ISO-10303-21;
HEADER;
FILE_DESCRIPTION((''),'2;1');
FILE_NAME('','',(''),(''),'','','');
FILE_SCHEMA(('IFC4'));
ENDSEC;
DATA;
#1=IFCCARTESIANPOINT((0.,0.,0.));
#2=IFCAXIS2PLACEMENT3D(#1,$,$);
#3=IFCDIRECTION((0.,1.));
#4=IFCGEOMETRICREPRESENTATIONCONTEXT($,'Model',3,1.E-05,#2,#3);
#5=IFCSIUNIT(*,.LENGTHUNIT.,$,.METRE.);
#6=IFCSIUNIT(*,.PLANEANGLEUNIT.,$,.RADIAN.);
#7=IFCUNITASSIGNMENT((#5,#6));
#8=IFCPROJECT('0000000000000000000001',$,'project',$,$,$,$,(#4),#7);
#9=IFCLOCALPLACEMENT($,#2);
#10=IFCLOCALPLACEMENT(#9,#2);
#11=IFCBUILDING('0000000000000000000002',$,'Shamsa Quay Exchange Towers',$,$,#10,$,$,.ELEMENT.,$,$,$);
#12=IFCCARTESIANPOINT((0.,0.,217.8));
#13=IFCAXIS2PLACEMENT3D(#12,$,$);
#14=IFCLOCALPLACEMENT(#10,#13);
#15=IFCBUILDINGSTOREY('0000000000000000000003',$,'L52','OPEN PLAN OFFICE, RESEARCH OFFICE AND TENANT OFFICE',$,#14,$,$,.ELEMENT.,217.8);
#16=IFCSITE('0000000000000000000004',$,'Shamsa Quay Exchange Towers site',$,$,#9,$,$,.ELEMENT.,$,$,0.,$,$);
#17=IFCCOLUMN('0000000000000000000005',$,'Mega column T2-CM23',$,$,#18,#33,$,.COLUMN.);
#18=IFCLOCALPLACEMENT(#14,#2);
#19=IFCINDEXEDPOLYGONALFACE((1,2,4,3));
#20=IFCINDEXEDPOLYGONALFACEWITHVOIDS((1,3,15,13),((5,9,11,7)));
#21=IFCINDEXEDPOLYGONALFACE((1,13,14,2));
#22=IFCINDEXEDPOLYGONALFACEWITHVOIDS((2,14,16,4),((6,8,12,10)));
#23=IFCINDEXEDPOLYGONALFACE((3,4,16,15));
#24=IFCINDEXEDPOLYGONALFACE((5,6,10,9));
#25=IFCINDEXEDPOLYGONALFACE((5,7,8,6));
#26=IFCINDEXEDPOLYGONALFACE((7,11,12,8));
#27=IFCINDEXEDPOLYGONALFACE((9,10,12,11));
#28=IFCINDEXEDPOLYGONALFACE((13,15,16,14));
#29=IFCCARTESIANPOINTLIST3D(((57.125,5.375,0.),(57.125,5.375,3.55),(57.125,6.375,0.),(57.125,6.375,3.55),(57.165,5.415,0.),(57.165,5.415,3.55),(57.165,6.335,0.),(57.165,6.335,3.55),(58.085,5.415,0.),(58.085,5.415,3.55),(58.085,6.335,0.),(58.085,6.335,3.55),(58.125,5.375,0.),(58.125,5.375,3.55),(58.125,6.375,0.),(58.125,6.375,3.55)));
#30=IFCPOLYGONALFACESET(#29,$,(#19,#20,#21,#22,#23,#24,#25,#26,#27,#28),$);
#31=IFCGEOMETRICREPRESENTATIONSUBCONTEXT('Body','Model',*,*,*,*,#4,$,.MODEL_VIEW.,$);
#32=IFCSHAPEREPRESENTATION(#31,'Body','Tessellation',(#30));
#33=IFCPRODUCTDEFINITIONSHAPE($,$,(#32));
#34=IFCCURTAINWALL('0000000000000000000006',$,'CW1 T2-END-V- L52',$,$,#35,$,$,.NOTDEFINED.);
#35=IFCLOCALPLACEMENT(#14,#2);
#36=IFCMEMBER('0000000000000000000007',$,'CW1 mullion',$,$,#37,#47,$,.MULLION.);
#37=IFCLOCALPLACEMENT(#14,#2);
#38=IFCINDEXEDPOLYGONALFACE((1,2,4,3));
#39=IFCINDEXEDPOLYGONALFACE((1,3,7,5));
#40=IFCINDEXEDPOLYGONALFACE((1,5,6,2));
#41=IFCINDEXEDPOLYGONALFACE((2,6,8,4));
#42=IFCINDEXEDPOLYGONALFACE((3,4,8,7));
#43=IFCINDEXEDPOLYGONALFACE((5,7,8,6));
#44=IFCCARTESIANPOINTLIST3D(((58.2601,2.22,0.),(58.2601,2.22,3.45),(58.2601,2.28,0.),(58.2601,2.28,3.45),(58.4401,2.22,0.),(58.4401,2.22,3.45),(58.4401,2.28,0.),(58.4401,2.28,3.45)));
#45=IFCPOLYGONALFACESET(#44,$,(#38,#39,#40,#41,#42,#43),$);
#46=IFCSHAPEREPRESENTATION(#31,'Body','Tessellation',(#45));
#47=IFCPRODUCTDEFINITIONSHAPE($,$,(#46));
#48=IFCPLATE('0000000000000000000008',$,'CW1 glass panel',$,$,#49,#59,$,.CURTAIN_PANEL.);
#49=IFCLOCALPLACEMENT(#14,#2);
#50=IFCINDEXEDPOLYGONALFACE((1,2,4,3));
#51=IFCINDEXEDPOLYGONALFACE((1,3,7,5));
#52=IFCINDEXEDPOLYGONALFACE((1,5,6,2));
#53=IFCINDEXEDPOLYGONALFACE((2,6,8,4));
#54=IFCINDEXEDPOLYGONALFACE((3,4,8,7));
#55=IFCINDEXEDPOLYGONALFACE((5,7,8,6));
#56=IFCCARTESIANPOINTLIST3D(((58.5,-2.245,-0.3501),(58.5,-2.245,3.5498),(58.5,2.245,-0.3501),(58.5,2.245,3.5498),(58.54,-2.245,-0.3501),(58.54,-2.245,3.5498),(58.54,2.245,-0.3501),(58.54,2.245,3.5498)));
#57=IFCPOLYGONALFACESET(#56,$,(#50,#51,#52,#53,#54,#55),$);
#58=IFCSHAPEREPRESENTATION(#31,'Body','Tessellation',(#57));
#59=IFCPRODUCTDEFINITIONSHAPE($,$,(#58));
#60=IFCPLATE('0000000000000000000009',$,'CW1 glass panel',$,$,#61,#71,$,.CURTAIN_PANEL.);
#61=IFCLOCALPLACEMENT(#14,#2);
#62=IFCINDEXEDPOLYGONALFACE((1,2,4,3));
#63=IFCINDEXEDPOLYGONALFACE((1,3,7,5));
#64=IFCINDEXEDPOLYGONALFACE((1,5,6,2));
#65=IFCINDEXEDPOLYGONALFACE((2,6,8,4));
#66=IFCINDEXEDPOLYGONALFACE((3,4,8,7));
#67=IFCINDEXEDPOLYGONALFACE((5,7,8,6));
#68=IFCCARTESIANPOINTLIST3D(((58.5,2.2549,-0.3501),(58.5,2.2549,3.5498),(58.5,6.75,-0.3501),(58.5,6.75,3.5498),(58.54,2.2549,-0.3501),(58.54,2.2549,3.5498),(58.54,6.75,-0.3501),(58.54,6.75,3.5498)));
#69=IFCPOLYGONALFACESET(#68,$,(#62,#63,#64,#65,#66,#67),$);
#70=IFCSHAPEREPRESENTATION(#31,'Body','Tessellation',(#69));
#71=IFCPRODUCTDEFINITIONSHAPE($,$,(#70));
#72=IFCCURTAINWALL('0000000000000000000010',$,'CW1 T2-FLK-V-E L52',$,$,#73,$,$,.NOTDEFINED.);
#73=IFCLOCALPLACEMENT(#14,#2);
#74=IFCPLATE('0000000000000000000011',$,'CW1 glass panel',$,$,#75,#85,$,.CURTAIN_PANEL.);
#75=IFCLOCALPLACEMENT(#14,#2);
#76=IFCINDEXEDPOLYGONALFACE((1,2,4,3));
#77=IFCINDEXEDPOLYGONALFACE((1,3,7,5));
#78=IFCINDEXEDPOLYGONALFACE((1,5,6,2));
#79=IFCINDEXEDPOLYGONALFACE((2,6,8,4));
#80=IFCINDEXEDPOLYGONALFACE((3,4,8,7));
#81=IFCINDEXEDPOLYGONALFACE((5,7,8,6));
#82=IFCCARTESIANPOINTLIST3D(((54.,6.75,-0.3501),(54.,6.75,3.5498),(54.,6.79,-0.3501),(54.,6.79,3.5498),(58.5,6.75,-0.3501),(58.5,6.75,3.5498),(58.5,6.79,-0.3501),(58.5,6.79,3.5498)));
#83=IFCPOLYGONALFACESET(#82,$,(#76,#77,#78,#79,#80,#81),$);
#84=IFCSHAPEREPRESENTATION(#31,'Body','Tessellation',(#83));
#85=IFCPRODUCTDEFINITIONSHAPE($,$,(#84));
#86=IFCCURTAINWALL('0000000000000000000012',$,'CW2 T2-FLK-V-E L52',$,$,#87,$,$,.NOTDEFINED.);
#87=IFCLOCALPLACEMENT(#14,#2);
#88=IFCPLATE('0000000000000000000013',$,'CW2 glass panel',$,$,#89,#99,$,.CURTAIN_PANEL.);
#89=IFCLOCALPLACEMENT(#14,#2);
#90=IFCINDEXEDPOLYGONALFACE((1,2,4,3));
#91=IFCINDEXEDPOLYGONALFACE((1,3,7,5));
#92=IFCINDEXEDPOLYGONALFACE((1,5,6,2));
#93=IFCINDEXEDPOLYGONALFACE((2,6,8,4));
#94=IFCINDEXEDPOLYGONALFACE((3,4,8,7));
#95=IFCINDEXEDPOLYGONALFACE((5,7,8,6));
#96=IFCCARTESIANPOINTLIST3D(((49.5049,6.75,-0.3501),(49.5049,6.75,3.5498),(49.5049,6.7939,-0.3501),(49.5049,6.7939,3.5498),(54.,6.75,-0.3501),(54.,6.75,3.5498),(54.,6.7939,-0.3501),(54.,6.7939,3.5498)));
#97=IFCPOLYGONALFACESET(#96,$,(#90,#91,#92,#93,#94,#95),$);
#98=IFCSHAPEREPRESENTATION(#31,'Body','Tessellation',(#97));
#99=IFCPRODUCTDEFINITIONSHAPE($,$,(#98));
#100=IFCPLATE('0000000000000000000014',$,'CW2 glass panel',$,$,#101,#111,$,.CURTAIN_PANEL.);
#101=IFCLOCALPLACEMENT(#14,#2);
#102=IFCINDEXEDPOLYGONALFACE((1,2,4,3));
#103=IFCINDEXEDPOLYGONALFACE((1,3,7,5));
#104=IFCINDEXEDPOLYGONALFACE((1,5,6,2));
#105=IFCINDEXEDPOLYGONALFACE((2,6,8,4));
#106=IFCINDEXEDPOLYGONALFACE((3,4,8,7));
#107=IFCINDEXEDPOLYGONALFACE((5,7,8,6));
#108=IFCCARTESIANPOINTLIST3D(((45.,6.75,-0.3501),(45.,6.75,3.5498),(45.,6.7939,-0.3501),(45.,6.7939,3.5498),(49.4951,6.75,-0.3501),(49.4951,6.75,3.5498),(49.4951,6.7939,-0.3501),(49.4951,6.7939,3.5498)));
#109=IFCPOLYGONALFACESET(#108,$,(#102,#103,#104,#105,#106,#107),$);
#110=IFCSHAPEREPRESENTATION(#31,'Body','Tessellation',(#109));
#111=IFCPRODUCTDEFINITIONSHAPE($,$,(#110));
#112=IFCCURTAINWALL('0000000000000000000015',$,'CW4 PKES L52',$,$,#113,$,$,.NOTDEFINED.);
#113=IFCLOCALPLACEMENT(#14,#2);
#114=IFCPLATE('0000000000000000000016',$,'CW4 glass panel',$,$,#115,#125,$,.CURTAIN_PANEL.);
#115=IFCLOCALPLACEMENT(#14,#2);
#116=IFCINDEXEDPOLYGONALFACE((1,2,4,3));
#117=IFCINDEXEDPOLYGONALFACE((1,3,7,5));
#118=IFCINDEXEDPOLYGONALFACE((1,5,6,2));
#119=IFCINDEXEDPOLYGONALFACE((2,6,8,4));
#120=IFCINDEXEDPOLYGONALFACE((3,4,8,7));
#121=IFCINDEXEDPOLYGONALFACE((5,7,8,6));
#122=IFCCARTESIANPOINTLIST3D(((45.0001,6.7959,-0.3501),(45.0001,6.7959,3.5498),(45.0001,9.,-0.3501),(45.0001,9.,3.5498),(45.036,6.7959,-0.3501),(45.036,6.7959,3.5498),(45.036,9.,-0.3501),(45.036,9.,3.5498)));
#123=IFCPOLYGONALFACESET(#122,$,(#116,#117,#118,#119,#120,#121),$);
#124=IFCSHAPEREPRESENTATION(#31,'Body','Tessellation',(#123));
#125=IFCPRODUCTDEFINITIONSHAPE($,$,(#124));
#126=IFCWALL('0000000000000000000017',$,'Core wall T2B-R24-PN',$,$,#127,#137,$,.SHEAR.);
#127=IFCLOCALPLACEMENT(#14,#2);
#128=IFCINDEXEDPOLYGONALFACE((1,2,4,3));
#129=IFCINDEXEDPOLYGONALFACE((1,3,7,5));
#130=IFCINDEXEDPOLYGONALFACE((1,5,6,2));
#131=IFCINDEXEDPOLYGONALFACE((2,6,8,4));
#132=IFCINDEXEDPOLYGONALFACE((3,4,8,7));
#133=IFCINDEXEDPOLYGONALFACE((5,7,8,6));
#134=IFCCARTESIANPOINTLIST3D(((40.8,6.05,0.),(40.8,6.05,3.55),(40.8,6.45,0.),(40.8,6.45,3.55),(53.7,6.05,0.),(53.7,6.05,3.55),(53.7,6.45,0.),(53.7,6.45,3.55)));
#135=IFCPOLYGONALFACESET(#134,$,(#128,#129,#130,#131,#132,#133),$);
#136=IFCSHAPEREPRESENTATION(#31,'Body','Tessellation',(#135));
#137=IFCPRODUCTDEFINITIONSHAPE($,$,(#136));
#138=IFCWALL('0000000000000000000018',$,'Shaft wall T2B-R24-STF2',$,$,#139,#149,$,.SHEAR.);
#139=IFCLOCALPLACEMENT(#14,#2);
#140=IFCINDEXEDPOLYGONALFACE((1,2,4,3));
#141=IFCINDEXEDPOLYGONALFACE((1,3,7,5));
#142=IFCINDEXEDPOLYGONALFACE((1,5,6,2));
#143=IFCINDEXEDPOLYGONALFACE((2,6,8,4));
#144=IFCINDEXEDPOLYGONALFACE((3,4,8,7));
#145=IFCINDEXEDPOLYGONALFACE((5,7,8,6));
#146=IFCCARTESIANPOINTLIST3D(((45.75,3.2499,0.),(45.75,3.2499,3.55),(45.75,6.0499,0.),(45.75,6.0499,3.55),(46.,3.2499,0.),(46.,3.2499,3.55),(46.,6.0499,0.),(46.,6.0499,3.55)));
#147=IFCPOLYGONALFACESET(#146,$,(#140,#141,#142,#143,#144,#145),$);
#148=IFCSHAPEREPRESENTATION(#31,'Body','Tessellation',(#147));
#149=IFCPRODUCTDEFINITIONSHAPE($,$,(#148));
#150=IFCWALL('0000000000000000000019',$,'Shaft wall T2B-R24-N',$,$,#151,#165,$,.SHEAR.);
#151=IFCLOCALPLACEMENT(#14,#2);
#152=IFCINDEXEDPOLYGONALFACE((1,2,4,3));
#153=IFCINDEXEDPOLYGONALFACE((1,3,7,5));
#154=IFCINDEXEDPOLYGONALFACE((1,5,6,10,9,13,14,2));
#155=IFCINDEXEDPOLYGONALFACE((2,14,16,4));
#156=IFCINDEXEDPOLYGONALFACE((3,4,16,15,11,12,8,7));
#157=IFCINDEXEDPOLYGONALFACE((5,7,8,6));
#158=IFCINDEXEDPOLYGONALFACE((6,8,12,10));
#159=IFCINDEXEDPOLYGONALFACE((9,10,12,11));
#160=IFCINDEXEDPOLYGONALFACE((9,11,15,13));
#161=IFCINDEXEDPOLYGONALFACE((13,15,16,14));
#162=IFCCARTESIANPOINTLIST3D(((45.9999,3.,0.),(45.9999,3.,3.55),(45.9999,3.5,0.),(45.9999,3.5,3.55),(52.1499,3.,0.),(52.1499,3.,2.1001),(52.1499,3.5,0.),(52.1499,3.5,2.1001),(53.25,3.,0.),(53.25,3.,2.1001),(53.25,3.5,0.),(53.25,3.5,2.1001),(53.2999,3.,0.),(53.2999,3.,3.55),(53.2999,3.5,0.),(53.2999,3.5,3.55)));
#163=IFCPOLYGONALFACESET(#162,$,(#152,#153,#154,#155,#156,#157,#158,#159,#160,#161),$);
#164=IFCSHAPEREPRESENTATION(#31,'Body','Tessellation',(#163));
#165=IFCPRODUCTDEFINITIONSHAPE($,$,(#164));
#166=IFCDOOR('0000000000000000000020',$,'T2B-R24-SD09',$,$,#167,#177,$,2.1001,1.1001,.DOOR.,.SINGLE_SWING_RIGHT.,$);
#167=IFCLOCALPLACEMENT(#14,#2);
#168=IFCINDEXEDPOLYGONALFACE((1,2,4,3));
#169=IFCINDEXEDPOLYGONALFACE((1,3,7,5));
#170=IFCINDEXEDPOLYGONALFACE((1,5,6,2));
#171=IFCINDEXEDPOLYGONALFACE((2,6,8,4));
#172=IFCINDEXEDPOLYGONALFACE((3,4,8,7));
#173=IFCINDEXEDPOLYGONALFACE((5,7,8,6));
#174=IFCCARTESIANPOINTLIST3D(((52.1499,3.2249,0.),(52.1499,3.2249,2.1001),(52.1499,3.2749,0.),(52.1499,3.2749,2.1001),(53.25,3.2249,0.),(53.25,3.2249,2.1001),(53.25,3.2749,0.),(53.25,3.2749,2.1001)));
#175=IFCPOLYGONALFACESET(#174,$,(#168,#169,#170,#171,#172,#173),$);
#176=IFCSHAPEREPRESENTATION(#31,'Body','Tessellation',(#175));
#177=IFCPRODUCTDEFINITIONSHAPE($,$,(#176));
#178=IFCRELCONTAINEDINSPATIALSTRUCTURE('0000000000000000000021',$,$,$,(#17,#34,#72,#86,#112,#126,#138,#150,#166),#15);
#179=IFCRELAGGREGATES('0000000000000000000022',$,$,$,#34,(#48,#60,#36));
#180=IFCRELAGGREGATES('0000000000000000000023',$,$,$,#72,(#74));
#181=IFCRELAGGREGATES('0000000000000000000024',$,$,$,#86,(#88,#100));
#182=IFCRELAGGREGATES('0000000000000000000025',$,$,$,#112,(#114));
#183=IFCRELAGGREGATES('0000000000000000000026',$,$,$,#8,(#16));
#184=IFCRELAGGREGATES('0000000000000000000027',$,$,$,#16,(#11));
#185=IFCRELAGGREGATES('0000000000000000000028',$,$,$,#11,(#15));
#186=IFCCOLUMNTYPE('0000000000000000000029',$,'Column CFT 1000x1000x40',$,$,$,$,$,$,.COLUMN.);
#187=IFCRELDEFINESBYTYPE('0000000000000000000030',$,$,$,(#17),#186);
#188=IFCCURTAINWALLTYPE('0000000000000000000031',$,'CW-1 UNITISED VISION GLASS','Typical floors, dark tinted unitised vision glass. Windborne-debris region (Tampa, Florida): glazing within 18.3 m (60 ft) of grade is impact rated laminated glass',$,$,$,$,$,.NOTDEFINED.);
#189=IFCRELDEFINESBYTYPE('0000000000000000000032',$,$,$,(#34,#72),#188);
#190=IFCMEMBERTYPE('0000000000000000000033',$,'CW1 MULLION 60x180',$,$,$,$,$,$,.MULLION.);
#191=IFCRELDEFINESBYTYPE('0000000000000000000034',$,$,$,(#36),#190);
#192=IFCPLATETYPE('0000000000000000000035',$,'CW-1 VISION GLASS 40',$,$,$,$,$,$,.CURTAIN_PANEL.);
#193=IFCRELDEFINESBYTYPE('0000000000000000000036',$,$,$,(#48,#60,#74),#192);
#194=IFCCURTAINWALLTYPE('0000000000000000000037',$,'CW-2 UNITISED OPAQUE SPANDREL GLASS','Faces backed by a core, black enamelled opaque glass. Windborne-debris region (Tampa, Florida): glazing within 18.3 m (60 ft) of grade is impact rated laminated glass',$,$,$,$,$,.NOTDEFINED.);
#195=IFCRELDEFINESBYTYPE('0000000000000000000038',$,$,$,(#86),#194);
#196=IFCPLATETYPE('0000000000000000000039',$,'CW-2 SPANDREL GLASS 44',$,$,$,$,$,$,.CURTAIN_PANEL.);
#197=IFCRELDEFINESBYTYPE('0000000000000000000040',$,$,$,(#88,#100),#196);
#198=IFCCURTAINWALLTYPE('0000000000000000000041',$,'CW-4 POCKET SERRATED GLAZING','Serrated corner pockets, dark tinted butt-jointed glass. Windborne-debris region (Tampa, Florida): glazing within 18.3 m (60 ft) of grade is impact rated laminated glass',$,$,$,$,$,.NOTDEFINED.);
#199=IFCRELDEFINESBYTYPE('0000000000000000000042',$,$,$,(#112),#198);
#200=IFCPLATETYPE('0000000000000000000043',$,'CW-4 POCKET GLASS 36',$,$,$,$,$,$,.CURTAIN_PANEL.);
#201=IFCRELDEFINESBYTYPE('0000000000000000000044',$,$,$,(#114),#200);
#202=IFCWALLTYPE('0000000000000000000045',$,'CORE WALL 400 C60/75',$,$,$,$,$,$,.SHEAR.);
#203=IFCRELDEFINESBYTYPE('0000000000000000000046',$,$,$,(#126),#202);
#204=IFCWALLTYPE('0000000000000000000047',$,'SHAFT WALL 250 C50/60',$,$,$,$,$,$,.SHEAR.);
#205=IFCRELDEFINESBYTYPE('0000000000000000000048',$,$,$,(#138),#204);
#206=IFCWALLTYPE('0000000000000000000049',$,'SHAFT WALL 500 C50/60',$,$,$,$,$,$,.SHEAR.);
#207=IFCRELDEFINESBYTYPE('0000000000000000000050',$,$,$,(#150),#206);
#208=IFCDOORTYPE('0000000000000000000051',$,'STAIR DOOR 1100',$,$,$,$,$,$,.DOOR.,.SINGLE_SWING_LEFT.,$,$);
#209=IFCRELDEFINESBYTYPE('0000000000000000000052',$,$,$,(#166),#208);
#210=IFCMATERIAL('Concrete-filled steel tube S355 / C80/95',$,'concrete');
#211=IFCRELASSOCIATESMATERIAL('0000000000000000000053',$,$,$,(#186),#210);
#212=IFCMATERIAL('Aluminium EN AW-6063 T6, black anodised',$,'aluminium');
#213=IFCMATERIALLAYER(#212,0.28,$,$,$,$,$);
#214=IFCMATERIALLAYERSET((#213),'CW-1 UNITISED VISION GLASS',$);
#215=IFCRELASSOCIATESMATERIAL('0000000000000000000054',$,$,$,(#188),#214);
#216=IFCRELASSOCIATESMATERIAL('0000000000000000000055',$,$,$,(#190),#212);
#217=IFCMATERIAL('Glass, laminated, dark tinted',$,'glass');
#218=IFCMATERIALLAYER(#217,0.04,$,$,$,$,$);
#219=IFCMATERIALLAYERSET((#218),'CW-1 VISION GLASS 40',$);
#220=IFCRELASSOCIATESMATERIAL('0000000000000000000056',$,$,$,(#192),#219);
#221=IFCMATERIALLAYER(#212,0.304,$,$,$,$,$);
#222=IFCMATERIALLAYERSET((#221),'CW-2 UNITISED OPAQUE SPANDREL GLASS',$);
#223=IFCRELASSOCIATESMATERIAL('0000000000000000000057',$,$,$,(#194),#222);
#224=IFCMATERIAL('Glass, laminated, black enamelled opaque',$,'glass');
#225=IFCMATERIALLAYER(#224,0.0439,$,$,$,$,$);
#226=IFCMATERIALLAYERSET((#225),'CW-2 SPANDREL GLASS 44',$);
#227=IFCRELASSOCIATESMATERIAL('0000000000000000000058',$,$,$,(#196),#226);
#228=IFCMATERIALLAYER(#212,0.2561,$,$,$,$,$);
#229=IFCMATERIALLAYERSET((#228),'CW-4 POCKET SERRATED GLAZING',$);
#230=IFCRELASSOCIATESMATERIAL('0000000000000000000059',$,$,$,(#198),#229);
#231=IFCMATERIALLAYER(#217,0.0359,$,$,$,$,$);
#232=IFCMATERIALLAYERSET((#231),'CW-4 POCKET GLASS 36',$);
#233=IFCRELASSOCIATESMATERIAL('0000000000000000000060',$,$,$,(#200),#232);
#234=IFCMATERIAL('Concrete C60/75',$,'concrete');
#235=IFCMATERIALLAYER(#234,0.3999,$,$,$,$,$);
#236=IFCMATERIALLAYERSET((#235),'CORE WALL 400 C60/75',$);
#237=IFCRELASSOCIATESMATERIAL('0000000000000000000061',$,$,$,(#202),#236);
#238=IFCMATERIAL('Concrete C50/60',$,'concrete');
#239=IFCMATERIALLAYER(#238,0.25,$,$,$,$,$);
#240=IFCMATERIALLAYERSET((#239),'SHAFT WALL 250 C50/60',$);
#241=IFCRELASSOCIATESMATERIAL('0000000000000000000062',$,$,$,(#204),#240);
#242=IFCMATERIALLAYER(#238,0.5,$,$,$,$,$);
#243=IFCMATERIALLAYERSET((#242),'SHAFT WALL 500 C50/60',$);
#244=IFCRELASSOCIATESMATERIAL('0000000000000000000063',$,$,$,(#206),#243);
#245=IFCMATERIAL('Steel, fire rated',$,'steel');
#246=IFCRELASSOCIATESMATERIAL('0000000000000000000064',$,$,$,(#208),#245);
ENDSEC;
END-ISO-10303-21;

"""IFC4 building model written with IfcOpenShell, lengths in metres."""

from ifc_helpers import new_model, si_unit, direction, frame, frame_2d, origin, origin_2d, place, context, subcontext, project, spatial, rectangle, hollow_rectangle, extrude, material, layer, layer_set, material_profile, profile_set, type_object, element, fill, aggregate, save


model = new_model("IFC4")

# Units and contexts
model_context = context("Model", 3, precision=1e-05, world=origin(), true_north=direction((0.0, 1.0)))
body_context = subcontext(model_context, "Body", "Model", "MODEL_VIEW")
ifc_project = project(units=[si_unit("LENGTHUNIT", "METRE"), si_unit("PLANEANGLEUNIT", "RADIAN")], contexts=[model_context])

# Site, building, storey
site_placement = place(None, origin())
site = spatial("IfcSite", under=ifc_project, at=site_placement, Name="Shamsa Quay Exchange Towers site", CompositionType="ELEMENT", RefElevation=0.0)
building_placement = place(site_placement, origin())
building = spatial("IfcBuilding", under=site, at=building_placement, Name="Shamsa Quay Exchange Towers", CompositionType="ELEMENT")
storey_placement = place(building_placement, frame((0.0, 0.0, 217.8)))
storey = spatial("IfcBuildingStorey", under=building, at=storey_placement, Name="L52", Description="OPEN PLAN OFFICE, RESEARCH OFFICE AND TENANT OFFICE", CompositionType="ELEMENT", Elevation=217.8)

# Column
ifc_material_1 = material(Name="Concrete-filled steel tube S355 / C80/95", Category="concrete")
ifc_material_profile_1 = material_profile(ifc_material_1, hollow_rectangle(XDim=1.0, YDim=1.0, WallThickness=0.04, at=origin_2d()), Name="CFT 1000x1000x40")
ifc_profile_set_1 = profile_set([ifc_material_profile_1], Name="Concrete-filled steel tube S355 / C80/95")
column_type = type_object("IfcColumnType", Name="Column CFT 1000x1000x40", PredefinedType="COLUMN", material=ifc_profile_set_1)
column_placement = place(storey_placement, frame((57.625, 5.875, 0.0)))
element("IfcColumn", 1, at=column_placement, inside=storey, type_object=column_type, Name="Mega column T2-CM23", PredefinedType="COLUMN", context=body_context, shape_type="SweptSolid", body=[
    extrude(hollow_rectangle(XDim=1.0, YDim=1.0, WallThickness=0.04, at=origin_2d()), origin(), (0.0, 0.0, 1.0), 3.55),
])

# Curtain wall, member, plates
ifc_material_2 = material(Name="Aluminium EN AW-6063 T6, black anodised", Category="aluminium")
ifc_layer_1 = layer(ifc_material_2, 0.28)
ifc_layer_set_1 = layer_set([ifc_layer_1], Name="CW-1 UNITISED VISION GLASS")
curtain_wall_type_1 = type_object("IfcCurtainWallType", Name="CW-1 UNITISED VISION GLASS", Description="Typical floors, dark tinted unitised vision glass. Windborne-debris region (Tampa, Florida): glazing within 18.3 m (60 ft) of grade is impact rated laminated glass", PredefinedType="NOTDEFINED", material=ifc_layer_set_1)
curtain_wall_1_placement = place(storey_placement, origin())
curtain_wall_1 = element("IfcCurtainWall", 2, at=curtain_wall_1_placement, inside=storey, type_object=curtain_wall_type_1, Name="CW1 T2-END-V- L52", PredefinedType="NOTDEFINED")
ifc_material_profile_2 = material_profile(ifc_material_2, rectangle(XDim=0.1799, YDim=0.0601, at=origin_2d()), Name="MU60x180")
ifc_profile_set_2 = profile_set([ifc_material_profile_2], Name="Aluminium EN AW-6063 T6, black anodised")
member_type = type_object("IfcMemberType", Name="CW1 MULLION 60x180", PredefinedType="MULLION", material=ifc_profile_set_2)
member_placement = place(storey_placement, frame((58.3501, 2.25, 0.0), z_axis=(0.0, 0.0, 1.0), x_axis=(-1.0, 0.0, 0.0)))
member = element("IfcMember", 3, at=member_placement, type_object=member_type, Name="CW1 mullion", PredefinedType="MULLION", context=body_context, shape_type="SweptSolid", body=[
    extrude(rectangle(XDim=0.1799, YDim=0.0601, at=origin_2d()), origin(), (0.0, 0.0, 1.0), 3.45),
])
ifc_material_3 = material(Name="Glass, laminated, dark tinted", Category="glass")
ifc_layer_2 = layer(ifc_material_3, 0.04)
ifc_layer_set_2 = layer_set([ifc_layer_2], Name="CW-1 VISION GLASS 40")
plate_type_1 = type_object("IfcPlateType", Name="CW-1 VISION GLASS 40", PredefinedType="CURTAIN_PANEL", material=ifc_layer_set_2)
plate_1_placement = place(storey_placement, frame((58.52, 0.0, -0.3501), z_axis=(0.0, 0.0, 1.0), x_axis=(0.0, 1.0, 0.0)))
plate_1 = element("IfcPlate", 4, at=plate_1_placement, type_object=plate_type_1, Name="CW1 glass panel", PredefinedType="CURTAIN_PANEL", context=body_context, shape_type="SweptSolid", body=[
    extrude(rectangle(XDim=4.49, YDim=0.04, at=origin_2d()), origin(), (0.0, 0.0, 1.0), 3.8999),
])
plate_2_placement = place(storey_placement, frame((58.52, 4.5024, -0.3501), z_axis=(0.0, 0.0, 1.0), x_axis=(0.0, 1.0, 0.0)))
plate_2 = element("IfcPlate", 5, at=plate_2_placement, type_object=plate_type_1, Name="CW1 glass panel", PredefinedType="CURTAIN_PANEL", context=body_context, shape_type="SweptSolid", body=[
    extrude(rectangle(XDim=4.4951, YDim=0.04, at=origin_2d()), origin(), (0.0, 0.0, 1.0), 3.8999),
])
aggregate(curtain_wall_1, [plate_1, plate_2, member])

# Curtain wall, plate
curtain_wall_2_placement = place(storey_placement, origin())
curtain_wall_2 = element("IfcCurtainWall", 6, at=curtain_wall_2_placement, inside=storey, type_object=curtain_wall_type_1, Name="CW1 T2-FLK-V-E L52", PredefinedType="NOTDEFINED")
plate_3_placement = place(storey_placement, frame((56.25, 6.77, -0.3501), z_axis=(0.0, 0.0, 1.0), x_axis=(-1.0, 0.0, 0.0)))
plate_3 = element("IfcPlate", 7, at=plate_3_placement, type_object=plate_type_1, Name="CW1 glass panel", PredefinedType="CURTAIN_PANEL", context=body_context, shape_type="SweptSolid", body=[
    extrude(rectangle(XDim=4.5, YDim=0.04, at=origin_2d()), origin(), (0.0, 0.0, 1.0), 3.8999),
])
aggregate(curtain_wall_2, [plate_3])

# Curtain wall, plates
ifc_layer_3 = layer(ifc_material_2, 0.304)
ifc_layer_set_3 = layer_set([ifc_layer_3], Name="CW-2 UNITISED OPAQUE SPANDREL GLASS")
curtain_wall_type_2 = type_object("IfcCurtainWallType", Name="CW-2 UNITISED OPAQUE SPANDREL GLASS", Description="Faces backed by a core, black enamelled opaque glass. Windborne-debris region (Tampa, Florida): glazing within 18.3 m (60 ft) of grade is impact rated laminated glass", PredefinedType="NOTDEFINED", material=ifc_layer_set_3)
curtain_wall_3_placement = place(storey_placement, origin())
curtain_wall_3 = element("IfcCurtainWall", 8, at=curtain_wall_3_placement, inside=storey, type_object=curtain_wall_type_2, Name="CW2 T2-FLK-V-E L52", PredefinedType="NOTDEFINED")
ifc_material_4 = material(Name="Glass, laminated, black enamelled opaque", Category="glass")
ifc_layer_4 = layer(ifc_material_4, 0.0439)
ifc_layer_set_4 = layer_set([ifc_layer_4], Name="CW-2 SPANDREL GLASS 44")
plate_type_2 = type_object("IfcPlateType", Name="CW-2 SPANDREL GLASS 44", PredefinedType="CURTAIN_PANEL", material=ifc_layer_set_4)
plate_4_placement = place(storey_placement, frame((51.7524, 6.772, -0.3501), z_axis=(0.0, 0.0, 1.0), x_axis=(-1.0, 0.0, 0.0)))
plate_4 = element("IfcPlate", 9, at=plate_4_placement, type_object=plate_type_2, Name="CW2 glass panel", PredefinedType="CURTAIN_PANEL", context=body_context, shape_type="SweptSolid", body=[
    extrude(rectangle(XDim=4.4951, YDim=0.0439, at=origin_2d()), origin(), (0.0, 0.0, 1.0), 3.8999),
])
plate_5_placement = place(storey_placement, frame((47.2476, 6.772, -0.3501), z_axis=(0.0, 0.0, 1.0), x_axis=(-1.0, 0.0, 0.0)))
plate_5 = element("IfcPlate", 10, at=plate_5_placement, type_object=plate_type_2, Name="CW2 glass panel", PredefinedType="CURTAIN_PANEL", context=body_context, shape_type="SweptSolid", body=[
    extrude(rectangle(XDim=4.4951, YDim=0.0439, at=origin_2d()), origin(), (0.0, 0.0, 1.0), 3.8999),
])
aggregate(curtain_wall_3, [plate_4, plate_5])

# Curtain wall, plate
ifc_layer_5 = layer(ifc_material_2, 0.2561)
ifc_layer_set_5 = layer_set([ifc_layer_5], Name="CW-4 POCKET SERRATED GLAZING")
curtain_wall_type_3 = type_object("IfcCurtainWallType", Name="CW-4 POCKET SERRATED GLAZING", Description="Serrated corner pockets, dark tinted butt-jointed glass. Windborne-debris region (Tampa, Florida): glazing within 18.3 m (60 ft) of grade is impact rated laminated glass", PredefinedType="NOTDEFINED", material=ifc_layer_set_5)
curtain_wall_4_placement = place(storey_placement, origin())
curtain_wall_4 = element("IfcCurtainWall", 11, at=curtain_wall_4_placement, inside=storey, type_object=curtain_wall_type_3, Name="CW4 PKES L52", PredefinedType="NOTDEFINED")
ifc_layer_6 = layer(ifc_material_3, 0.0359)
ifc_layer_set_6 = layer_set([ifc_layer_6], Name="CW-4 POCKET GLASS 36")
plate_type_3 = type_object("IfcPlateType", Name="CW-4 POCKET GLASS 36", PredefinedType="CURTAIN_PANEL", material=ifc_layer_set_6)
plate_6_placement = place(storey_placement, frame((45.0181, 7.8979, -0.3501), z_axis=(0.0, 0.0, 1.0), x_axis=(0.0, 1.0, 0.0)))
plate_6 = element("IfcPlate", 12, at=plate_6_placement, type_object=plate_type_3, Name="CW4 glass panel", PredefinedType="CURTAIN_PANEL", context=body_context, shape_type="SweptSolid", body=[
    extrude(rectangle(XDim=2.2041, YDim=0.0359, at=origin_2d()), origin(), (0.0, 0.0, 1.0), 3.8999),
])
aggregate(curtain_wall_4, [plate_6])

# Walls
ifc_material_5 = material(Name="Concrete C60/75", Category="concrete")
ifc_layer_7 = layer(ifc_material_5, 0.3999)
ifc_layer_set_7 = layer_set([ifc_layer_7], Name="CORE WALL 400 C60/75")
wall_type_1 = type_object("IfcWallType", Name="CORE WALL 400 C60/75", PredefinedType="SHEAR", material=ifc_layer_set_7)
wall_1_placement = place(storey_placement, frame((53.7, 6.25, 0.0), z_axis=(0.0, 0.0, 1.0), x_axis=(-1.0, 0.0, 0.0)))
element("IfcWall", 13, at=wall_1_placement, inside=storey, type_object=wall_type_1, Name="Core wall T2B-R24-PN", PredefinedType="SHEAR", context=body_context, shape_type="SweptSolid", body=[
    extrude(rectangle(XDim=12.8999, YDim=0.3999, at=frame_2d((6.45, 0.0))), origin(), (0.0, 0.0, 1.0), 3.55),
])
ifc_material_6 = material(Name="Concrete C50/60", Category="concrete")
ifc_layer_8 = layer(ifc_material_6, 0.25)
ifc_layer_set_8 = layer_set([ifc_layer_8], Name="SHAFT WALL 250 C50/60")
wall_type_2 = type_object("IfcWallType", Name="SHAFT WALL 250 C50/60", PredefinedType="SHEAR", material=ifc_layer_set_8)
wall_2_placement = place(storey_placement, frame((45.875, 3.25, 0.0), z_axis=(0.0, 0.0, 1.0), x_axis=(0.0, 1.0, 0.0)))
element("IfcWall", 14, at=wall_2_placement, inside=storey, type_object=wall_type_2, Name="Shaft wall T2B-R24-STF2", PredefinedType="SHEAR", context=body_context, shape_type="SweptSolid", body=[
    extrude(rectangle(XDim=2.8, YDim=0.25, at=frame_2d((1.3999, 0.0))), origin(), (0.0, 0.0, 1.0), 3.55),
])

# Wall, opening, door
ifc_layer_9 = layer(ifc_material_6, 0.5)
ifc_layer_set_9 = layer_set([ifc_layer_9], Name="SHAFT WALL 500 C50/60")
wall_type_3 = type_object("IfcWallType", Name="SHAFT WALL 500 C50/60", PredefinedType="SHEAR", material=ifc_layer_set_9)
wall_3_placement = place(storey_placement, frame((46.0, 3.25, 0.0)))
wall_3 = element("IfcWall", 15, at=wall_3_placement, inside=storey, type_object=wall_type_3, Name="Shaft wall T2B-R24-N", PredefinedType="SHEAR", context=body_context, shape_type="SweptSolid", body=[
    extrude(rectangle(XDim=7.3, YDim=0.5, at=frame_2d((3.6499, 0.0))), origin(), (0.0, 0.0, 1.0), 3.55),
])
opening_placement = place(wall_3_placement, frame((6.1499, 0.0, 0.0)))
opening = element("IfcOpeningElement", 16, at=opening_placement, cuts=wall_3, PredefinedType="OPENING", context=body_context, shape_type="SweptSolid", body=[
    extrude(rectangle(XDim=1.1001, YDim=2.1001, at=frame_2d((0.55, 1.05))), frame((0.0, 0.26, 0.0), z_axis=(0.0, -1.0, 0.0), x_axis=(1.0, 0.0, 0.0)), (0.0, 0.0, 1.0), 0.52),
])
ifc_material_7 = material(Name="Steel, fire rated", Category="steel")
door_type = type_object("IfcDoorType", Name="STAIR DOOR 1100", OperationType="SINGLE_SWING_LEFT", PredefinedType="DOOR", material=ifc_material_7)
door_placement = place(opening_placement, origin())
door = element("IfcDoor", 17, at=door_placement, inside=storey, type_object=door_type, Name="T2B-R24-SD09", OperationType="SINGLE_SWING_RIGHT", OverallHeight=2.1001, OverallWidth=1.1001, PredefinedType="DOOR", context=body_context, shape_type="SweptSolid", body=[
    extrude(rectangle(XDim=1.1001, YDim=2.1001, at=frame_2d((0.55, 1.05))), frame((0.0, 0.0249, 0.0), z_axis=(0.0, -1.0, 0.0), x_axis=(1.0, 0.0, 0.0)), (0.0, 0.0, 1.0), 0.05),
])
fill(opening, door)

save(model, "model.ifc")
